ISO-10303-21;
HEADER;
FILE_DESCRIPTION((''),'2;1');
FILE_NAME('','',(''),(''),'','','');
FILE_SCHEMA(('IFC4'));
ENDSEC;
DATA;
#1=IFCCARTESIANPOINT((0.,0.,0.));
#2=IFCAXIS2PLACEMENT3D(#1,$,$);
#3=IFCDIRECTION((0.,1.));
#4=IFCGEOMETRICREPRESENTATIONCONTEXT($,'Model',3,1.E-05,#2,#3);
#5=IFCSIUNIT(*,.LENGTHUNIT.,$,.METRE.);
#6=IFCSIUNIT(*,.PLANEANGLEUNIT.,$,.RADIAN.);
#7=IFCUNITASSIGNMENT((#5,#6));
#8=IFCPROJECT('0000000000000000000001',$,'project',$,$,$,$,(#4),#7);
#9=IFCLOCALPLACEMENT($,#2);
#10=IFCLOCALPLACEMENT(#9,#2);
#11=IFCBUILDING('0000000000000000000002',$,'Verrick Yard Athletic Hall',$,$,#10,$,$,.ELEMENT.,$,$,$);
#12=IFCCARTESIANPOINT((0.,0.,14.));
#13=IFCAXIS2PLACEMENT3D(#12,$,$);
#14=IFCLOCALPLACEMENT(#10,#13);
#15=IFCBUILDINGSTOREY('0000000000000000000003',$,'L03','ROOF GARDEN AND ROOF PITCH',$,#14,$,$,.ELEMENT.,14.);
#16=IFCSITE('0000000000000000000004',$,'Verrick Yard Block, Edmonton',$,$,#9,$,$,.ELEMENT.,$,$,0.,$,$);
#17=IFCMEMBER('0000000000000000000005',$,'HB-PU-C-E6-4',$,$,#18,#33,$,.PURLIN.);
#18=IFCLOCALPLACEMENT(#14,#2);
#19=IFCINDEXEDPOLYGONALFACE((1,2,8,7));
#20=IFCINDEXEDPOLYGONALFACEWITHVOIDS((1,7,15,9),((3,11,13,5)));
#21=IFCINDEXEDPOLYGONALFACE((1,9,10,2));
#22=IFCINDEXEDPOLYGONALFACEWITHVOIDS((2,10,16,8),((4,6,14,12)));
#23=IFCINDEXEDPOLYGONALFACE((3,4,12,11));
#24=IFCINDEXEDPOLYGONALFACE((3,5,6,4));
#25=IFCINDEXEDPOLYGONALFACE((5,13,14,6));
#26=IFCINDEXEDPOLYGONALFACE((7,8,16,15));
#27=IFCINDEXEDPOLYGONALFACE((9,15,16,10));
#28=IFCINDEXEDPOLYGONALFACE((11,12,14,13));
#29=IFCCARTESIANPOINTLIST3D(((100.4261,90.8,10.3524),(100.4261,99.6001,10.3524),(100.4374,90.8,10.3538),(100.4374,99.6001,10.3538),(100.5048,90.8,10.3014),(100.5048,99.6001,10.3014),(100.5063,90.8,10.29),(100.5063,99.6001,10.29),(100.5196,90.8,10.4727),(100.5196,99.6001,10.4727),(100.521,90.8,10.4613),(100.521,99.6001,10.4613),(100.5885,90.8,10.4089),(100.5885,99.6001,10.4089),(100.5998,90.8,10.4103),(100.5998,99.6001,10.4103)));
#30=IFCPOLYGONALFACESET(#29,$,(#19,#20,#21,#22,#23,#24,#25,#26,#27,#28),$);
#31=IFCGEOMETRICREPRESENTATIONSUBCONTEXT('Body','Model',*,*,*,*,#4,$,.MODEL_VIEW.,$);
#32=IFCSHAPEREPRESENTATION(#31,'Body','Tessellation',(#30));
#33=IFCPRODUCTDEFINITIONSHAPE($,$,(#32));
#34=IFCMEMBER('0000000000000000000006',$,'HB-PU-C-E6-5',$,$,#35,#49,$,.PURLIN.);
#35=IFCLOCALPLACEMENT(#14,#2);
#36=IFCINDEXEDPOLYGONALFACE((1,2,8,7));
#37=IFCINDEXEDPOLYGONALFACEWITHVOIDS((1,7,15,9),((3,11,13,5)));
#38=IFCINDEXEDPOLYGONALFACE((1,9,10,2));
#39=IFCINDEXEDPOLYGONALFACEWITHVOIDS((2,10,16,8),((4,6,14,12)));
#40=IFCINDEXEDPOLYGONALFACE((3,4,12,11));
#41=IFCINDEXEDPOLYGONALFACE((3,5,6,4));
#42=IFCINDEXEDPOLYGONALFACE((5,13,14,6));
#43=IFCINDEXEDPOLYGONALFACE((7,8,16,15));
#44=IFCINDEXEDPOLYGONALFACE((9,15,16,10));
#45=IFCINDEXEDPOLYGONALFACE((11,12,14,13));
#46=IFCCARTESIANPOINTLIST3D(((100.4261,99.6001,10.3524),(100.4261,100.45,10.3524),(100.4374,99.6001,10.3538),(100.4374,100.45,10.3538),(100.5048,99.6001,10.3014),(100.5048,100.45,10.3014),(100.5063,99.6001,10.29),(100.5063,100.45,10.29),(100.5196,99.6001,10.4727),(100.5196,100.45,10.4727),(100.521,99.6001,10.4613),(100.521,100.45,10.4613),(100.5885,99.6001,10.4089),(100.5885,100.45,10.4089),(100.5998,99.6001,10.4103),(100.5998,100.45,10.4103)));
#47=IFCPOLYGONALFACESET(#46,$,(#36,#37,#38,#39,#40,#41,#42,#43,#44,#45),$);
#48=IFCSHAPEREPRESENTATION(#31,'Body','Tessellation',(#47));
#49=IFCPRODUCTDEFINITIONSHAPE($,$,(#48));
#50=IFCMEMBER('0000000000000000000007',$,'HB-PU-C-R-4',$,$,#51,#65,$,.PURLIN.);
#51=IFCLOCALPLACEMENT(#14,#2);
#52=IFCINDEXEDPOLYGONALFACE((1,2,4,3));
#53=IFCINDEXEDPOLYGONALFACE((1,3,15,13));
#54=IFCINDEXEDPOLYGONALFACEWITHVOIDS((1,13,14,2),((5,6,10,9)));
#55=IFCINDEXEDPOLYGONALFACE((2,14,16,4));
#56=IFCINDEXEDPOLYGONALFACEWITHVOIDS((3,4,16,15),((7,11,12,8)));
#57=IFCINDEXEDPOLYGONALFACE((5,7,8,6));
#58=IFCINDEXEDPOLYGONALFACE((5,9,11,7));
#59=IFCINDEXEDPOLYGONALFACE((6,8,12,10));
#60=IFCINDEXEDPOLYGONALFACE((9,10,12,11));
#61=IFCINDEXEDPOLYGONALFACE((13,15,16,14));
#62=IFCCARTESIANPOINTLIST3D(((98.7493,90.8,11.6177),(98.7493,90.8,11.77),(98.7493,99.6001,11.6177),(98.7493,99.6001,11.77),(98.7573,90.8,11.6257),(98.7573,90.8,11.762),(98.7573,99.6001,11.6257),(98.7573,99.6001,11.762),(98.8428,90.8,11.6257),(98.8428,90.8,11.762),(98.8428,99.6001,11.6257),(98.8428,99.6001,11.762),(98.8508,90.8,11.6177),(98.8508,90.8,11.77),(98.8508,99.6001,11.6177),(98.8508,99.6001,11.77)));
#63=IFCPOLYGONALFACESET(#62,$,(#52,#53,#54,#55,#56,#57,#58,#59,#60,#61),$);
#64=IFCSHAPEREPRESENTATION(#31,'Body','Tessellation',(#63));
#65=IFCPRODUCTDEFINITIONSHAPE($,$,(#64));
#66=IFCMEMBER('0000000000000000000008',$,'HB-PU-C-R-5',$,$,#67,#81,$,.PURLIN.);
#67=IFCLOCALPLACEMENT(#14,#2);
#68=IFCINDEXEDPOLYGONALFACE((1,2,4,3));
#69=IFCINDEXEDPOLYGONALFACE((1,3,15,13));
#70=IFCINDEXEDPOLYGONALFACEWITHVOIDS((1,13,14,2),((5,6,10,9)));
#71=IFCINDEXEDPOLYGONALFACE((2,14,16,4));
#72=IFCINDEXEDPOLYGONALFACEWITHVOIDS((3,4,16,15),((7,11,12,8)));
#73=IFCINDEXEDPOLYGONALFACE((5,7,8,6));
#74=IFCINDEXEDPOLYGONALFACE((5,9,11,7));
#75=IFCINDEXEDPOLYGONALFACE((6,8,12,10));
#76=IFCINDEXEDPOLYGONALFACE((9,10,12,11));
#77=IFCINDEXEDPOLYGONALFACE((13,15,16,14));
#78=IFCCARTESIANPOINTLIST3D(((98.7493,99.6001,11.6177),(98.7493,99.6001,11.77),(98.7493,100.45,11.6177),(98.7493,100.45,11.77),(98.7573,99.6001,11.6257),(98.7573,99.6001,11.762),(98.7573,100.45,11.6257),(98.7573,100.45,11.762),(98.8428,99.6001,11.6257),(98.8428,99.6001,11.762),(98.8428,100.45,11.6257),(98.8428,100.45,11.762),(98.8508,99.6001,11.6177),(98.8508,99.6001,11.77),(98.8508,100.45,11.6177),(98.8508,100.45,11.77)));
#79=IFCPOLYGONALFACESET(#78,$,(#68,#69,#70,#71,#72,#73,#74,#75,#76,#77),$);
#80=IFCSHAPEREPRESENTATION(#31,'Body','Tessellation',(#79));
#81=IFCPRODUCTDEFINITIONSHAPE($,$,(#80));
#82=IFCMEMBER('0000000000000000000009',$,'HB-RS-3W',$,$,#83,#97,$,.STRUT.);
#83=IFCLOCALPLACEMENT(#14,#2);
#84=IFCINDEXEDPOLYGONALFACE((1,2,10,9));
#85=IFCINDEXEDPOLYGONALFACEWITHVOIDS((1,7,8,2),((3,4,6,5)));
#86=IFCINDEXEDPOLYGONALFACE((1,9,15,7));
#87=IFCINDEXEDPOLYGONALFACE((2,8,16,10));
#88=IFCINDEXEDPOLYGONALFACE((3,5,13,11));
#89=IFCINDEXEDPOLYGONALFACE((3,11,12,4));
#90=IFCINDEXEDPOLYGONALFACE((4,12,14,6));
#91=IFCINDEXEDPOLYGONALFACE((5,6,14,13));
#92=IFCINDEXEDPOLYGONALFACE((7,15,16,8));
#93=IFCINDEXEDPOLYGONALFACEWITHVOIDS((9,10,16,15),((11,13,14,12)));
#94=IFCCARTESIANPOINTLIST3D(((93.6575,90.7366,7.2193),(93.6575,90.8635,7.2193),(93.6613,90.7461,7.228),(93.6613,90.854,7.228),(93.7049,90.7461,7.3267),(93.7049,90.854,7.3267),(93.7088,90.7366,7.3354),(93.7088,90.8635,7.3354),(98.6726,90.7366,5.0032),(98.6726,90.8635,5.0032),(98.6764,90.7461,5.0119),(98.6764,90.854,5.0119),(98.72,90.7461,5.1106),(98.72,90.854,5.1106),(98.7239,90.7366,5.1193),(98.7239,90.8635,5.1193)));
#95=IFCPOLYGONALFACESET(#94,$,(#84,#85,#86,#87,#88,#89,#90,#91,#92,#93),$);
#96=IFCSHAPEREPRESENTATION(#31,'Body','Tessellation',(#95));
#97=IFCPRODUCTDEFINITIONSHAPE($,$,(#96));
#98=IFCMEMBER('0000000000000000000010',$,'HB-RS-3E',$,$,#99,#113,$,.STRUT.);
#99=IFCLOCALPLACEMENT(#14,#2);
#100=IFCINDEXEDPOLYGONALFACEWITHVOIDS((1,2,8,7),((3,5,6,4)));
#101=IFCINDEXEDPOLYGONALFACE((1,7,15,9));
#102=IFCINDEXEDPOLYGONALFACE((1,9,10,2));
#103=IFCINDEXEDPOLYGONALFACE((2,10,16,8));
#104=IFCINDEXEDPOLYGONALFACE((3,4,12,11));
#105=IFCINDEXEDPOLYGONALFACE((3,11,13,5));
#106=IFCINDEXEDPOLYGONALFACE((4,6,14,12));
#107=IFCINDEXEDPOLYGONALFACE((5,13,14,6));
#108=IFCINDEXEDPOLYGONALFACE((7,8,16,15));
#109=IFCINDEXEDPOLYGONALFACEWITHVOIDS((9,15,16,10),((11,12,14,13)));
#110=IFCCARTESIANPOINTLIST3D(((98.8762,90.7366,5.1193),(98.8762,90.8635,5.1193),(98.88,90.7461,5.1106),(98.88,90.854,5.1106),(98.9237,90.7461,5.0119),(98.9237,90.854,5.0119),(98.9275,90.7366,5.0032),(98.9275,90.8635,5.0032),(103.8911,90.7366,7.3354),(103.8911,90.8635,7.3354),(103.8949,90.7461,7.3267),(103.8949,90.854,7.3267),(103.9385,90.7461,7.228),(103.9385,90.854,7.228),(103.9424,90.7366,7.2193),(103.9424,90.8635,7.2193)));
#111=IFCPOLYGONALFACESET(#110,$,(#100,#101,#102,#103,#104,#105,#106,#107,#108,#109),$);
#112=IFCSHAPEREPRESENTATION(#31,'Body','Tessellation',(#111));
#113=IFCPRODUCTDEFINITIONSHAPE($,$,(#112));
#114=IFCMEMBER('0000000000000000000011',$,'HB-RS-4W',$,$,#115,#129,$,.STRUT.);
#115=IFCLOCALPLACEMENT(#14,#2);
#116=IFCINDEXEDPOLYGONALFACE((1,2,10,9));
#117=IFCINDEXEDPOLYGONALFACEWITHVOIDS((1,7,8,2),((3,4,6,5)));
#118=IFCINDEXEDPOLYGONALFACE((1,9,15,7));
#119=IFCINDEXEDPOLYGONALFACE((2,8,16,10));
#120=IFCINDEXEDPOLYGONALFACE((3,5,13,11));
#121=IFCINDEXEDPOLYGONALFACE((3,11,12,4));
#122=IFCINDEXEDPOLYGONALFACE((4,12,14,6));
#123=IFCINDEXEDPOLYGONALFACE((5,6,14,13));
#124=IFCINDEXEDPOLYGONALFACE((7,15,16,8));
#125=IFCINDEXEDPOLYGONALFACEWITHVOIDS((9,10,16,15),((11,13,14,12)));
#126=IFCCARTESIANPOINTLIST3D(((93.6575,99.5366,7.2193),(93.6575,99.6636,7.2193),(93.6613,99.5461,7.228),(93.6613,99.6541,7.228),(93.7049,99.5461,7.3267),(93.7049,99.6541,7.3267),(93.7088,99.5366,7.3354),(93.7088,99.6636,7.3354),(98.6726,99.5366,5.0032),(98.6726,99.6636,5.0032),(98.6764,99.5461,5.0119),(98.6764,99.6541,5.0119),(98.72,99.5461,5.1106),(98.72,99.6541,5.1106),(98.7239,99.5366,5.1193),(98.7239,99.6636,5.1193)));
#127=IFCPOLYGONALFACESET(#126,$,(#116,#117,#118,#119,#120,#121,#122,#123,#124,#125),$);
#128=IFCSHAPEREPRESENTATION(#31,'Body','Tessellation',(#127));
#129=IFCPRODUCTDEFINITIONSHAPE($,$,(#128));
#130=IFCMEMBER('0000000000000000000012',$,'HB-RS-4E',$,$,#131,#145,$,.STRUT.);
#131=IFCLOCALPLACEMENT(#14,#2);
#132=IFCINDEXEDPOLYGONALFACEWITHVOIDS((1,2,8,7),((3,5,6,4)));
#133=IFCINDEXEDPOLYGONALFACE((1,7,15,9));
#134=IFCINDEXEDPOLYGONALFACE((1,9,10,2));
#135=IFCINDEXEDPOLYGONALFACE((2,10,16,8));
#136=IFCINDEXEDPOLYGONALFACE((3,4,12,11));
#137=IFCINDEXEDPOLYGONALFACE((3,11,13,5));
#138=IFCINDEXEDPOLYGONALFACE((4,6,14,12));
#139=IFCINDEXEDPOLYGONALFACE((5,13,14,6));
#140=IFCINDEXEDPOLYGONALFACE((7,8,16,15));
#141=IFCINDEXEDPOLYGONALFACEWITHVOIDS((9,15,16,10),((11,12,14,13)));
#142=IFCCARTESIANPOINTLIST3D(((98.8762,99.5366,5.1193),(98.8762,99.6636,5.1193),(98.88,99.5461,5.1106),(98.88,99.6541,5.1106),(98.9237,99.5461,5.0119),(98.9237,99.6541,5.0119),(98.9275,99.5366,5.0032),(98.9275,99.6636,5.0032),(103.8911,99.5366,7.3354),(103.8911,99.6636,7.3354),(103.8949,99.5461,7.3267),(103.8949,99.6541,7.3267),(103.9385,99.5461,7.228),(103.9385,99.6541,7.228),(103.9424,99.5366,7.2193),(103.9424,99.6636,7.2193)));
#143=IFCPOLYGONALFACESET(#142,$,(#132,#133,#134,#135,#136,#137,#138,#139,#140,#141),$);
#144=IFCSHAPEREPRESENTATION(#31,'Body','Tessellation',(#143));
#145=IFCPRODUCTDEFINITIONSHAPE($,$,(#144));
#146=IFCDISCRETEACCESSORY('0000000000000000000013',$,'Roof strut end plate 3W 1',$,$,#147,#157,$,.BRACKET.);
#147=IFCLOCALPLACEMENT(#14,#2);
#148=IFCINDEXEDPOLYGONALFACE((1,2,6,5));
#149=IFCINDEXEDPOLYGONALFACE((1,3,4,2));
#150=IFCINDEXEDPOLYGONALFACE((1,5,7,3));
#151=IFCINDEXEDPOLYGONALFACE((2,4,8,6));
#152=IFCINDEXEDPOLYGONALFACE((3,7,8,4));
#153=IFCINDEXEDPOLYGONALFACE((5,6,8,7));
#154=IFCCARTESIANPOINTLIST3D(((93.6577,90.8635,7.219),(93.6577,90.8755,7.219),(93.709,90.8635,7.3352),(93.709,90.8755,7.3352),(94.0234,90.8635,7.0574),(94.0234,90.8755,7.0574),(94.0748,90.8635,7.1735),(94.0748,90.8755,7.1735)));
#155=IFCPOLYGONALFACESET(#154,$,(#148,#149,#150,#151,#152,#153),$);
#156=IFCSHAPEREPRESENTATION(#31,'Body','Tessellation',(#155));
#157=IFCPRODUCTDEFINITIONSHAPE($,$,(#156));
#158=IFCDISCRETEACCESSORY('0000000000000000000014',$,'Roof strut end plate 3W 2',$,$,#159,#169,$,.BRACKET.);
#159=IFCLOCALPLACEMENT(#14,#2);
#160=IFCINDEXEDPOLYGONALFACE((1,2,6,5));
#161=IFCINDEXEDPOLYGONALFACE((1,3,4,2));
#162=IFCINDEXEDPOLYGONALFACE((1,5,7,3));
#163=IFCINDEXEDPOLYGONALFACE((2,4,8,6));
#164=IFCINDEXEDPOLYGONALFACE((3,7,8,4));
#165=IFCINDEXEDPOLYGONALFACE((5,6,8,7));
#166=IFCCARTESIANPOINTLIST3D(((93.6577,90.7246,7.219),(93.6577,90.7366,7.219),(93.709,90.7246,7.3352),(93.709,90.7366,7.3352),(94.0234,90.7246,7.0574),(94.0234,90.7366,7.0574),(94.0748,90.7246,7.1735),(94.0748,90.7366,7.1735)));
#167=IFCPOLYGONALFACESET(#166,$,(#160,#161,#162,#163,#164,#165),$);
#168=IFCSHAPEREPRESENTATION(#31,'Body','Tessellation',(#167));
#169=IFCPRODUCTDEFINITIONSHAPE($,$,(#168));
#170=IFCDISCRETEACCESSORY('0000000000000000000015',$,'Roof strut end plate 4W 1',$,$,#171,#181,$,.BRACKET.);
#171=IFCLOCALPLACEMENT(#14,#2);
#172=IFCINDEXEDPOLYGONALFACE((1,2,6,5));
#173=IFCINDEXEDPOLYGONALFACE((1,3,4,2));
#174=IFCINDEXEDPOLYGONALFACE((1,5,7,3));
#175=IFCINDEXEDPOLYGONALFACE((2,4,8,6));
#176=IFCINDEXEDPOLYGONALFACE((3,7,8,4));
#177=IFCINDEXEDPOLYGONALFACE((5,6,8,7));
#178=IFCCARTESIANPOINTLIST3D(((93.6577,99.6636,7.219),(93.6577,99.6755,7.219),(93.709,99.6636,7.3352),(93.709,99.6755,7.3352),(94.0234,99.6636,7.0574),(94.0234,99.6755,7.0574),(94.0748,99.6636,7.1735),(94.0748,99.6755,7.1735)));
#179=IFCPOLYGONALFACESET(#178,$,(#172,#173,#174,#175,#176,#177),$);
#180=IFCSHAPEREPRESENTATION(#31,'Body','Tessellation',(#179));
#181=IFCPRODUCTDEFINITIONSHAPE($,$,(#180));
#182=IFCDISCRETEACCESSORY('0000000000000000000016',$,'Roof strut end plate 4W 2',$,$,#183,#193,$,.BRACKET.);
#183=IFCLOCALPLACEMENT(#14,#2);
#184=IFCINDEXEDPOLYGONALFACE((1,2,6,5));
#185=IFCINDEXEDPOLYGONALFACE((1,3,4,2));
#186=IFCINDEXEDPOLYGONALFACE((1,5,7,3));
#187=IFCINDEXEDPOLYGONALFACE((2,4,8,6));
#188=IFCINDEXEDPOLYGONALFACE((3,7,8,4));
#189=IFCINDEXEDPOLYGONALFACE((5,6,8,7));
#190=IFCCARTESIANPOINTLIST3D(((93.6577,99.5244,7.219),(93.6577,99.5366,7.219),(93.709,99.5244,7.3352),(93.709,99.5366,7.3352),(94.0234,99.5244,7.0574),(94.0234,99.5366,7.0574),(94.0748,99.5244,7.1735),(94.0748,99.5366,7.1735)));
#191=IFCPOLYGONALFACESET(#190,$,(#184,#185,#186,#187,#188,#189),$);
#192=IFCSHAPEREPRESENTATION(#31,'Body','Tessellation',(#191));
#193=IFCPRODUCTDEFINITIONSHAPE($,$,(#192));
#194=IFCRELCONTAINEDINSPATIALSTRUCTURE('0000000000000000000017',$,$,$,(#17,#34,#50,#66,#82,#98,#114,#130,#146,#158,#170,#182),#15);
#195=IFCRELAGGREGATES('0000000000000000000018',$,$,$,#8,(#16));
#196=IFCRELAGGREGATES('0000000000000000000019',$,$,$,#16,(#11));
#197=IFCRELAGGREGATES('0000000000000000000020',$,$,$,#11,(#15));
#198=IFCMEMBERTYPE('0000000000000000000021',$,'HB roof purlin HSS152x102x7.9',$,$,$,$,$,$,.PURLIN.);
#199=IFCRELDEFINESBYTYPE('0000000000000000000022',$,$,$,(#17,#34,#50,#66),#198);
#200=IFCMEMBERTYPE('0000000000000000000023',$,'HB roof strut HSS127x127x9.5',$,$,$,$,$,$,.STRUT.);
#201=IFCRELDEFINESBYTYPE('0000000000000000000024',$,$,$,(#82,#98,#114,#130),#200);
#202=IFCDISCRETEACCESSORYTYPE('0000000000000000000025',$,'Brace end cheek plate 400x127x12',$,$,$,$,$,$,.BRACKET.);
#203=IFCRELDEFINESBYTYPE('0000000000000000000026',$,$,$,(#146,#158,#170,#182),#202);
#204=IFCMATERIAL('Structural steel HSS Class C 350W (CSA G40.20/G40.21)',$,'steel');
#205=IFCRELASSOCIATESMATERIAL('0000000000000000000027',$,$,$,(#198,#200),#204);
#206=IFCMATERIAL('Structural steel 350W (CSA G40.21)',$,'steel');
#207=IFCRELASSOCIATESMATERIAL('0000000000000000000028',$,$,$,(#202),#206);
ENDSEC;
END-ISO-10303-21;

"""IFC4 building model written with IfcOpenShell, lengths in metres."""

from ifc_helpers import new_model, si_unit, direction, frame, origin, origin_2d, place, context, subcontext, project, spatial, rectangle, hollow_rectangle, extrude, material, material_profile, profile_set, type_object, element, save


model = new_model("IFC4")

# Units and contexts
model_context = context("Model", 3, precision=1e-05, world=origin(), true_north=direction((0.0, 1.0)))
body_context = subcontext(model_context, "Body", "Model", "MODEL_VIEW")
ifc_project = project(units=[si_unit("LENGTHUNIT", "METRE"), si_unit("PLANEANGLEUNIT", "RADIAN")], contexts=[model_context])

# Site, building, storey
site_placement = place(None, origin())
site = spatial("IfcSite", under=ifc_project, at=site_placement, Name="Verrick Yard Block, Edmonton", CompositionType="ELEMENT", RefElevation=0.0)
building_placement = place(site_placement, origin())
building = spatial("IfcBuilding", under=site, at=building_placement, Name="Verrick Yard Athletic Hall", CompositionType="ELEMENT")
storey_placement = place(building_placement, frame((0.0, 0.0, 14.0)))
storey = spatial("IfcBuildingStorey", under=building, at=storey_placement, Name="L03", Description="ROOF GARDEN AND ROOF PITCH", CompositionType="ELEMENT", Elevation=14.0)

# Shared definitions
ifc_material_1 = material(Name="Structural steel HSS Class C 350W (CSA G40.20/G40.21)", Category="steel")

# Members
ifc_material_profile_1 = material_profile(ifc_material_1, hollow_rectangle(XDim=0.1016, YDim=0.1523, WallThickness=0.0081, at=origin_2d()), Name="HSS152x102x7.9")
ifc_profile_set_1 = profile_set([ifc_material_profile_1], Name="Structural steel HSS Class C 350W (CSA G40.20/G40.21)")
member_type_1 = type_object("IfcMemberType", Name="HB roof purlin HSS152x102x7.9", PredefinedType="PURLIN", material=ifc_profile_set_1)
member_1_placement = place(storey_placement, frame((100.5129, 90.8, 10.3813), z_axis=(0.0, 1.0, 0.0), x_axis=(-0.789352, 0.0, 0.613941)))
element("IfcMember", 1, at=member_1_placement, inside=storey, type_object=member_type_1, Name="HB-PU-C-E6-4", PredefinedType="PURLIN", context=body_context, shape_type="SweptSolid", body=[
    extrude(hollow_rectangle(XDim=0.1016, YDim=0.1523, WallThickness=0.0081, at=origin_2d()), origin(), (0.0, 0.0, 1.0), 8.8),
])
member_2_placement = place(storey_placement, frame((100.5129, 99.6001, 10.3813), z_axis=(0.0, 1.0, 0.0), x_axis=(-0.789352, 0.0, 0.613941)))
element("IfcMember", 2, at=member_2_placement, inside=storey, type_object=member_type_1, Name="HB-PU-C-E6-5", PredefinedType="PURLIN", context=body_context, shape_type="SweptSolid", body=[
    extrude(hollow_rectangle(XDim=0.1016, YDim=0.1523, WallThickness=0.0081, at=origin_2d()), origin(), (0.0, 0.0, 1.0), 0.8499),
])
member_3_placement = place(storey_placement, frame((98.8, 90.8, 11.6938), z_axis=(0.0, 1.0, 0.0), x_axis=(-1.0, 0.0, 0.0)))
element("IfcMember", 3, at=member_3_placement, inside=storey, type_object=member_type_1, Name="HB-PU-C-R-4", PredefinedType="PURLIN", context=body_context, shape_type="SweptSolid", body=[
    extrude(hollow_rectangle(XDim=0.1016, YDim=0.1523, WallThickness=0.0081, at=origin_2d()), origin(), (0.0, 0.0, 1.0), 8.8),
])
member_4_placement = place(storey_placement, frame((98.8, 99.6001, 11.6938), z_axis=(0.0, 1.0, 0.0), x_axis=(-1.0, 0.0, 0.0)))
element("IfcMember", 4, at=member_4_placement, inside=storey, type_object=member_type_1, Name="HB-PU-C-R-5", PredefinedType="PURLIN", context=body_context, shape_type="SweptSolid", body=[
    extrude(hollow_rectangle(XDim=0.1016, YDim=0.1523, WallThickness=0.0081, at=origin_2d()), origin(), (0.0, 0.0, 1.0), 0.8499),
])
ifc_material_profile_2 = material_profile(ifc_material_1, hollow_rectangle(XDim=0.127, YDim=0.127, WallThickness=0.0095, at=origin_2d()), Name="HSS127x127x9.5")
ifc_profile_set_2 = profile_set([ifc_material_profile_2], Name="Structural steel HSS Class C 350W (CSA G40.20/G40.21)")
member_type_2 = type_object("IfcMemberType", Name="HB roof strut HSS127x127x9.5", PredefinedType="STRUT", material=ifc_profile_set_2)
member_5_placement = place(storey_placement, frame((98.6982, 90.8, 5.0613), z_axis=(-0.914682, 0.0, 0.404175), x_axis=(0.0, -1.0, 0.0)))
element("IfcMember", 5, at=member_5_placement, inside=storey, type_object=member_type_2, Name="HB-RS-3W", PredefinedType="STRUT", context=body_context, shape_type="SweptSolid", body=[
    extrude(hollow_rectangle(XDim=0.127, YDim=0.127, WallThickness=0.0095, at=origin_2d()), origin(), (0.0, 0.0, 1.0), 5.4829),
])
member_6_placement = place(storey_placement, frame((98.9019, 90.8, 5.0613), z_axis=(0.914674, 0.0, 0.404192), x_axis=(0.0, 1.0, 0.0)))
element("IfcMember", 6, at=member_6_placement, inside=storey, type_object=member_type_2, Name="HB-RS-3E", PredefinedType="STRUT", context=body_context, shape_type="SweptSolid", body=[
    extrude(hollow_rectangle(XDim=0.127, YDim=0.127, WallThickness=0.0095, at=origin_2d()), origin(), (0.0, 0.0, 1.0), 5.4827),
])
member_7_placement = place(storey_placement, frame((98.6982, 99.6001, 5.0613), z_axis=(-0.914682, 0.0, 0.404175), x_axis=(0.0, -1.0, 0.0)))
element("IfcMember", 7, at=member_7_placement, inside=storey, type_object=member_type_2, Name="HB-RS-4W", PredefinedType="STRUT", context=body_context, shape_type="SweptSolid", body=[
    extrude(hollow_rectangle(XDim=0.127, YDim=0.127, WallThickness=0.0095, at=origin_2d()), origin(), (0.0, 0.0, 1.0), 5.4829),
])
member_8_placement = place(storey_placement, frame((98.9019, 99.6001, 5.0613), z_axis=(0.914674, 0.0, 0.404192), x_axis=(0.0, 1.0, 0.0)))
element("IfcMember", 8, at=member_8_placement, inside=storey, type_object=member_type_2, Name="HB-RS-4E", PredefinedType="STRUT", context=body_context, shape_type="SweptSolid", body=[
    extrude(hollow_rectangle(XDim=0.127, YDim=0.127, WallThickness=0.0095, at=origin_2d()), origin(), (0.0, 0.0, 1.0), 5.4827),
])

# Discrete accessories
ifc_material_2 = material(Name="Structural steel 350W (CSA G40.21)", Category="steel")
ifc_material_profile_3 = material_profile(ifc_material_2, rectangle(XDim=0.3999, YDim=0.127, at=origin_2d()), Name="Brace end cheek plate")
ifc_profile_set_3 = profile_set([ifc_material_profile_3], Name="Structural steel 350W (CSA G40.21)")
discrete_accessory_type = type_object("IfcDiscreteAccessoryType", Name="Brace end cheek plate 400x127x12", PredefinedType="BRACKET", material=ifc_profile_set_3)
for number, where, z_axis, x_axis, name in (
    (9, (93.8662, 90.8635, 7.1963), (0.0, 1.0, 0.0), (0.914688, 0.0, -0.40416), "Roof strut end plate 3W 1"),
    (10, (93.8662, 90.7366, 7.1963), (0.0, -1.0, 0.0), (0.914688, 0.0, -0.40416), "Roof strut end plate 3W 2"),
    (11, (93.8662, 99.6636, 7.1963), (0.0, 1.0, 0.0), (0.914688, 0.0, -0.40416), "Roof strut end plate 4W 1"),
):
    element("IfcDiscreteAccessory", number, at=place(storey_placement, frame(where, z_axis=z_axis, x_axis=x_axis)), inside=storey, type_object=discrete_accessory_type, Name=name, PredefinedType="BRACKET", context=body_context, shape_type="SweptSolid", body=[
        extrude(rectangle(XDim=0.3999, YDim=0.127, at=origin_2d()), origin(), (0.0, 0.0, 1.0), 0.012),
    ])
discrete_accessory_placement = place(storey_placement, frame((93.8662, 99.5366, 7.1963), z_axis=(0.0, -1.0, 0.0), x_axis=(0.914688, 0.0, -0.40416)))
element("IfcDiscreteAccessory", 12, at=discrete_accessory_placement, inside=storey, type_object=discrete_accessory_type, Name="Roof strut end plate 4W 2", PredefinedType="BRACKET", context=body_context, shape_type="SweptSolid", body=[
    extrude(rectangle(XDim=0.3999, YDim=0.127, at=origin_2d()), origin(), (0.0, 0.0, 1.0), 0.0122),
])

save(model, "model.ifc")
